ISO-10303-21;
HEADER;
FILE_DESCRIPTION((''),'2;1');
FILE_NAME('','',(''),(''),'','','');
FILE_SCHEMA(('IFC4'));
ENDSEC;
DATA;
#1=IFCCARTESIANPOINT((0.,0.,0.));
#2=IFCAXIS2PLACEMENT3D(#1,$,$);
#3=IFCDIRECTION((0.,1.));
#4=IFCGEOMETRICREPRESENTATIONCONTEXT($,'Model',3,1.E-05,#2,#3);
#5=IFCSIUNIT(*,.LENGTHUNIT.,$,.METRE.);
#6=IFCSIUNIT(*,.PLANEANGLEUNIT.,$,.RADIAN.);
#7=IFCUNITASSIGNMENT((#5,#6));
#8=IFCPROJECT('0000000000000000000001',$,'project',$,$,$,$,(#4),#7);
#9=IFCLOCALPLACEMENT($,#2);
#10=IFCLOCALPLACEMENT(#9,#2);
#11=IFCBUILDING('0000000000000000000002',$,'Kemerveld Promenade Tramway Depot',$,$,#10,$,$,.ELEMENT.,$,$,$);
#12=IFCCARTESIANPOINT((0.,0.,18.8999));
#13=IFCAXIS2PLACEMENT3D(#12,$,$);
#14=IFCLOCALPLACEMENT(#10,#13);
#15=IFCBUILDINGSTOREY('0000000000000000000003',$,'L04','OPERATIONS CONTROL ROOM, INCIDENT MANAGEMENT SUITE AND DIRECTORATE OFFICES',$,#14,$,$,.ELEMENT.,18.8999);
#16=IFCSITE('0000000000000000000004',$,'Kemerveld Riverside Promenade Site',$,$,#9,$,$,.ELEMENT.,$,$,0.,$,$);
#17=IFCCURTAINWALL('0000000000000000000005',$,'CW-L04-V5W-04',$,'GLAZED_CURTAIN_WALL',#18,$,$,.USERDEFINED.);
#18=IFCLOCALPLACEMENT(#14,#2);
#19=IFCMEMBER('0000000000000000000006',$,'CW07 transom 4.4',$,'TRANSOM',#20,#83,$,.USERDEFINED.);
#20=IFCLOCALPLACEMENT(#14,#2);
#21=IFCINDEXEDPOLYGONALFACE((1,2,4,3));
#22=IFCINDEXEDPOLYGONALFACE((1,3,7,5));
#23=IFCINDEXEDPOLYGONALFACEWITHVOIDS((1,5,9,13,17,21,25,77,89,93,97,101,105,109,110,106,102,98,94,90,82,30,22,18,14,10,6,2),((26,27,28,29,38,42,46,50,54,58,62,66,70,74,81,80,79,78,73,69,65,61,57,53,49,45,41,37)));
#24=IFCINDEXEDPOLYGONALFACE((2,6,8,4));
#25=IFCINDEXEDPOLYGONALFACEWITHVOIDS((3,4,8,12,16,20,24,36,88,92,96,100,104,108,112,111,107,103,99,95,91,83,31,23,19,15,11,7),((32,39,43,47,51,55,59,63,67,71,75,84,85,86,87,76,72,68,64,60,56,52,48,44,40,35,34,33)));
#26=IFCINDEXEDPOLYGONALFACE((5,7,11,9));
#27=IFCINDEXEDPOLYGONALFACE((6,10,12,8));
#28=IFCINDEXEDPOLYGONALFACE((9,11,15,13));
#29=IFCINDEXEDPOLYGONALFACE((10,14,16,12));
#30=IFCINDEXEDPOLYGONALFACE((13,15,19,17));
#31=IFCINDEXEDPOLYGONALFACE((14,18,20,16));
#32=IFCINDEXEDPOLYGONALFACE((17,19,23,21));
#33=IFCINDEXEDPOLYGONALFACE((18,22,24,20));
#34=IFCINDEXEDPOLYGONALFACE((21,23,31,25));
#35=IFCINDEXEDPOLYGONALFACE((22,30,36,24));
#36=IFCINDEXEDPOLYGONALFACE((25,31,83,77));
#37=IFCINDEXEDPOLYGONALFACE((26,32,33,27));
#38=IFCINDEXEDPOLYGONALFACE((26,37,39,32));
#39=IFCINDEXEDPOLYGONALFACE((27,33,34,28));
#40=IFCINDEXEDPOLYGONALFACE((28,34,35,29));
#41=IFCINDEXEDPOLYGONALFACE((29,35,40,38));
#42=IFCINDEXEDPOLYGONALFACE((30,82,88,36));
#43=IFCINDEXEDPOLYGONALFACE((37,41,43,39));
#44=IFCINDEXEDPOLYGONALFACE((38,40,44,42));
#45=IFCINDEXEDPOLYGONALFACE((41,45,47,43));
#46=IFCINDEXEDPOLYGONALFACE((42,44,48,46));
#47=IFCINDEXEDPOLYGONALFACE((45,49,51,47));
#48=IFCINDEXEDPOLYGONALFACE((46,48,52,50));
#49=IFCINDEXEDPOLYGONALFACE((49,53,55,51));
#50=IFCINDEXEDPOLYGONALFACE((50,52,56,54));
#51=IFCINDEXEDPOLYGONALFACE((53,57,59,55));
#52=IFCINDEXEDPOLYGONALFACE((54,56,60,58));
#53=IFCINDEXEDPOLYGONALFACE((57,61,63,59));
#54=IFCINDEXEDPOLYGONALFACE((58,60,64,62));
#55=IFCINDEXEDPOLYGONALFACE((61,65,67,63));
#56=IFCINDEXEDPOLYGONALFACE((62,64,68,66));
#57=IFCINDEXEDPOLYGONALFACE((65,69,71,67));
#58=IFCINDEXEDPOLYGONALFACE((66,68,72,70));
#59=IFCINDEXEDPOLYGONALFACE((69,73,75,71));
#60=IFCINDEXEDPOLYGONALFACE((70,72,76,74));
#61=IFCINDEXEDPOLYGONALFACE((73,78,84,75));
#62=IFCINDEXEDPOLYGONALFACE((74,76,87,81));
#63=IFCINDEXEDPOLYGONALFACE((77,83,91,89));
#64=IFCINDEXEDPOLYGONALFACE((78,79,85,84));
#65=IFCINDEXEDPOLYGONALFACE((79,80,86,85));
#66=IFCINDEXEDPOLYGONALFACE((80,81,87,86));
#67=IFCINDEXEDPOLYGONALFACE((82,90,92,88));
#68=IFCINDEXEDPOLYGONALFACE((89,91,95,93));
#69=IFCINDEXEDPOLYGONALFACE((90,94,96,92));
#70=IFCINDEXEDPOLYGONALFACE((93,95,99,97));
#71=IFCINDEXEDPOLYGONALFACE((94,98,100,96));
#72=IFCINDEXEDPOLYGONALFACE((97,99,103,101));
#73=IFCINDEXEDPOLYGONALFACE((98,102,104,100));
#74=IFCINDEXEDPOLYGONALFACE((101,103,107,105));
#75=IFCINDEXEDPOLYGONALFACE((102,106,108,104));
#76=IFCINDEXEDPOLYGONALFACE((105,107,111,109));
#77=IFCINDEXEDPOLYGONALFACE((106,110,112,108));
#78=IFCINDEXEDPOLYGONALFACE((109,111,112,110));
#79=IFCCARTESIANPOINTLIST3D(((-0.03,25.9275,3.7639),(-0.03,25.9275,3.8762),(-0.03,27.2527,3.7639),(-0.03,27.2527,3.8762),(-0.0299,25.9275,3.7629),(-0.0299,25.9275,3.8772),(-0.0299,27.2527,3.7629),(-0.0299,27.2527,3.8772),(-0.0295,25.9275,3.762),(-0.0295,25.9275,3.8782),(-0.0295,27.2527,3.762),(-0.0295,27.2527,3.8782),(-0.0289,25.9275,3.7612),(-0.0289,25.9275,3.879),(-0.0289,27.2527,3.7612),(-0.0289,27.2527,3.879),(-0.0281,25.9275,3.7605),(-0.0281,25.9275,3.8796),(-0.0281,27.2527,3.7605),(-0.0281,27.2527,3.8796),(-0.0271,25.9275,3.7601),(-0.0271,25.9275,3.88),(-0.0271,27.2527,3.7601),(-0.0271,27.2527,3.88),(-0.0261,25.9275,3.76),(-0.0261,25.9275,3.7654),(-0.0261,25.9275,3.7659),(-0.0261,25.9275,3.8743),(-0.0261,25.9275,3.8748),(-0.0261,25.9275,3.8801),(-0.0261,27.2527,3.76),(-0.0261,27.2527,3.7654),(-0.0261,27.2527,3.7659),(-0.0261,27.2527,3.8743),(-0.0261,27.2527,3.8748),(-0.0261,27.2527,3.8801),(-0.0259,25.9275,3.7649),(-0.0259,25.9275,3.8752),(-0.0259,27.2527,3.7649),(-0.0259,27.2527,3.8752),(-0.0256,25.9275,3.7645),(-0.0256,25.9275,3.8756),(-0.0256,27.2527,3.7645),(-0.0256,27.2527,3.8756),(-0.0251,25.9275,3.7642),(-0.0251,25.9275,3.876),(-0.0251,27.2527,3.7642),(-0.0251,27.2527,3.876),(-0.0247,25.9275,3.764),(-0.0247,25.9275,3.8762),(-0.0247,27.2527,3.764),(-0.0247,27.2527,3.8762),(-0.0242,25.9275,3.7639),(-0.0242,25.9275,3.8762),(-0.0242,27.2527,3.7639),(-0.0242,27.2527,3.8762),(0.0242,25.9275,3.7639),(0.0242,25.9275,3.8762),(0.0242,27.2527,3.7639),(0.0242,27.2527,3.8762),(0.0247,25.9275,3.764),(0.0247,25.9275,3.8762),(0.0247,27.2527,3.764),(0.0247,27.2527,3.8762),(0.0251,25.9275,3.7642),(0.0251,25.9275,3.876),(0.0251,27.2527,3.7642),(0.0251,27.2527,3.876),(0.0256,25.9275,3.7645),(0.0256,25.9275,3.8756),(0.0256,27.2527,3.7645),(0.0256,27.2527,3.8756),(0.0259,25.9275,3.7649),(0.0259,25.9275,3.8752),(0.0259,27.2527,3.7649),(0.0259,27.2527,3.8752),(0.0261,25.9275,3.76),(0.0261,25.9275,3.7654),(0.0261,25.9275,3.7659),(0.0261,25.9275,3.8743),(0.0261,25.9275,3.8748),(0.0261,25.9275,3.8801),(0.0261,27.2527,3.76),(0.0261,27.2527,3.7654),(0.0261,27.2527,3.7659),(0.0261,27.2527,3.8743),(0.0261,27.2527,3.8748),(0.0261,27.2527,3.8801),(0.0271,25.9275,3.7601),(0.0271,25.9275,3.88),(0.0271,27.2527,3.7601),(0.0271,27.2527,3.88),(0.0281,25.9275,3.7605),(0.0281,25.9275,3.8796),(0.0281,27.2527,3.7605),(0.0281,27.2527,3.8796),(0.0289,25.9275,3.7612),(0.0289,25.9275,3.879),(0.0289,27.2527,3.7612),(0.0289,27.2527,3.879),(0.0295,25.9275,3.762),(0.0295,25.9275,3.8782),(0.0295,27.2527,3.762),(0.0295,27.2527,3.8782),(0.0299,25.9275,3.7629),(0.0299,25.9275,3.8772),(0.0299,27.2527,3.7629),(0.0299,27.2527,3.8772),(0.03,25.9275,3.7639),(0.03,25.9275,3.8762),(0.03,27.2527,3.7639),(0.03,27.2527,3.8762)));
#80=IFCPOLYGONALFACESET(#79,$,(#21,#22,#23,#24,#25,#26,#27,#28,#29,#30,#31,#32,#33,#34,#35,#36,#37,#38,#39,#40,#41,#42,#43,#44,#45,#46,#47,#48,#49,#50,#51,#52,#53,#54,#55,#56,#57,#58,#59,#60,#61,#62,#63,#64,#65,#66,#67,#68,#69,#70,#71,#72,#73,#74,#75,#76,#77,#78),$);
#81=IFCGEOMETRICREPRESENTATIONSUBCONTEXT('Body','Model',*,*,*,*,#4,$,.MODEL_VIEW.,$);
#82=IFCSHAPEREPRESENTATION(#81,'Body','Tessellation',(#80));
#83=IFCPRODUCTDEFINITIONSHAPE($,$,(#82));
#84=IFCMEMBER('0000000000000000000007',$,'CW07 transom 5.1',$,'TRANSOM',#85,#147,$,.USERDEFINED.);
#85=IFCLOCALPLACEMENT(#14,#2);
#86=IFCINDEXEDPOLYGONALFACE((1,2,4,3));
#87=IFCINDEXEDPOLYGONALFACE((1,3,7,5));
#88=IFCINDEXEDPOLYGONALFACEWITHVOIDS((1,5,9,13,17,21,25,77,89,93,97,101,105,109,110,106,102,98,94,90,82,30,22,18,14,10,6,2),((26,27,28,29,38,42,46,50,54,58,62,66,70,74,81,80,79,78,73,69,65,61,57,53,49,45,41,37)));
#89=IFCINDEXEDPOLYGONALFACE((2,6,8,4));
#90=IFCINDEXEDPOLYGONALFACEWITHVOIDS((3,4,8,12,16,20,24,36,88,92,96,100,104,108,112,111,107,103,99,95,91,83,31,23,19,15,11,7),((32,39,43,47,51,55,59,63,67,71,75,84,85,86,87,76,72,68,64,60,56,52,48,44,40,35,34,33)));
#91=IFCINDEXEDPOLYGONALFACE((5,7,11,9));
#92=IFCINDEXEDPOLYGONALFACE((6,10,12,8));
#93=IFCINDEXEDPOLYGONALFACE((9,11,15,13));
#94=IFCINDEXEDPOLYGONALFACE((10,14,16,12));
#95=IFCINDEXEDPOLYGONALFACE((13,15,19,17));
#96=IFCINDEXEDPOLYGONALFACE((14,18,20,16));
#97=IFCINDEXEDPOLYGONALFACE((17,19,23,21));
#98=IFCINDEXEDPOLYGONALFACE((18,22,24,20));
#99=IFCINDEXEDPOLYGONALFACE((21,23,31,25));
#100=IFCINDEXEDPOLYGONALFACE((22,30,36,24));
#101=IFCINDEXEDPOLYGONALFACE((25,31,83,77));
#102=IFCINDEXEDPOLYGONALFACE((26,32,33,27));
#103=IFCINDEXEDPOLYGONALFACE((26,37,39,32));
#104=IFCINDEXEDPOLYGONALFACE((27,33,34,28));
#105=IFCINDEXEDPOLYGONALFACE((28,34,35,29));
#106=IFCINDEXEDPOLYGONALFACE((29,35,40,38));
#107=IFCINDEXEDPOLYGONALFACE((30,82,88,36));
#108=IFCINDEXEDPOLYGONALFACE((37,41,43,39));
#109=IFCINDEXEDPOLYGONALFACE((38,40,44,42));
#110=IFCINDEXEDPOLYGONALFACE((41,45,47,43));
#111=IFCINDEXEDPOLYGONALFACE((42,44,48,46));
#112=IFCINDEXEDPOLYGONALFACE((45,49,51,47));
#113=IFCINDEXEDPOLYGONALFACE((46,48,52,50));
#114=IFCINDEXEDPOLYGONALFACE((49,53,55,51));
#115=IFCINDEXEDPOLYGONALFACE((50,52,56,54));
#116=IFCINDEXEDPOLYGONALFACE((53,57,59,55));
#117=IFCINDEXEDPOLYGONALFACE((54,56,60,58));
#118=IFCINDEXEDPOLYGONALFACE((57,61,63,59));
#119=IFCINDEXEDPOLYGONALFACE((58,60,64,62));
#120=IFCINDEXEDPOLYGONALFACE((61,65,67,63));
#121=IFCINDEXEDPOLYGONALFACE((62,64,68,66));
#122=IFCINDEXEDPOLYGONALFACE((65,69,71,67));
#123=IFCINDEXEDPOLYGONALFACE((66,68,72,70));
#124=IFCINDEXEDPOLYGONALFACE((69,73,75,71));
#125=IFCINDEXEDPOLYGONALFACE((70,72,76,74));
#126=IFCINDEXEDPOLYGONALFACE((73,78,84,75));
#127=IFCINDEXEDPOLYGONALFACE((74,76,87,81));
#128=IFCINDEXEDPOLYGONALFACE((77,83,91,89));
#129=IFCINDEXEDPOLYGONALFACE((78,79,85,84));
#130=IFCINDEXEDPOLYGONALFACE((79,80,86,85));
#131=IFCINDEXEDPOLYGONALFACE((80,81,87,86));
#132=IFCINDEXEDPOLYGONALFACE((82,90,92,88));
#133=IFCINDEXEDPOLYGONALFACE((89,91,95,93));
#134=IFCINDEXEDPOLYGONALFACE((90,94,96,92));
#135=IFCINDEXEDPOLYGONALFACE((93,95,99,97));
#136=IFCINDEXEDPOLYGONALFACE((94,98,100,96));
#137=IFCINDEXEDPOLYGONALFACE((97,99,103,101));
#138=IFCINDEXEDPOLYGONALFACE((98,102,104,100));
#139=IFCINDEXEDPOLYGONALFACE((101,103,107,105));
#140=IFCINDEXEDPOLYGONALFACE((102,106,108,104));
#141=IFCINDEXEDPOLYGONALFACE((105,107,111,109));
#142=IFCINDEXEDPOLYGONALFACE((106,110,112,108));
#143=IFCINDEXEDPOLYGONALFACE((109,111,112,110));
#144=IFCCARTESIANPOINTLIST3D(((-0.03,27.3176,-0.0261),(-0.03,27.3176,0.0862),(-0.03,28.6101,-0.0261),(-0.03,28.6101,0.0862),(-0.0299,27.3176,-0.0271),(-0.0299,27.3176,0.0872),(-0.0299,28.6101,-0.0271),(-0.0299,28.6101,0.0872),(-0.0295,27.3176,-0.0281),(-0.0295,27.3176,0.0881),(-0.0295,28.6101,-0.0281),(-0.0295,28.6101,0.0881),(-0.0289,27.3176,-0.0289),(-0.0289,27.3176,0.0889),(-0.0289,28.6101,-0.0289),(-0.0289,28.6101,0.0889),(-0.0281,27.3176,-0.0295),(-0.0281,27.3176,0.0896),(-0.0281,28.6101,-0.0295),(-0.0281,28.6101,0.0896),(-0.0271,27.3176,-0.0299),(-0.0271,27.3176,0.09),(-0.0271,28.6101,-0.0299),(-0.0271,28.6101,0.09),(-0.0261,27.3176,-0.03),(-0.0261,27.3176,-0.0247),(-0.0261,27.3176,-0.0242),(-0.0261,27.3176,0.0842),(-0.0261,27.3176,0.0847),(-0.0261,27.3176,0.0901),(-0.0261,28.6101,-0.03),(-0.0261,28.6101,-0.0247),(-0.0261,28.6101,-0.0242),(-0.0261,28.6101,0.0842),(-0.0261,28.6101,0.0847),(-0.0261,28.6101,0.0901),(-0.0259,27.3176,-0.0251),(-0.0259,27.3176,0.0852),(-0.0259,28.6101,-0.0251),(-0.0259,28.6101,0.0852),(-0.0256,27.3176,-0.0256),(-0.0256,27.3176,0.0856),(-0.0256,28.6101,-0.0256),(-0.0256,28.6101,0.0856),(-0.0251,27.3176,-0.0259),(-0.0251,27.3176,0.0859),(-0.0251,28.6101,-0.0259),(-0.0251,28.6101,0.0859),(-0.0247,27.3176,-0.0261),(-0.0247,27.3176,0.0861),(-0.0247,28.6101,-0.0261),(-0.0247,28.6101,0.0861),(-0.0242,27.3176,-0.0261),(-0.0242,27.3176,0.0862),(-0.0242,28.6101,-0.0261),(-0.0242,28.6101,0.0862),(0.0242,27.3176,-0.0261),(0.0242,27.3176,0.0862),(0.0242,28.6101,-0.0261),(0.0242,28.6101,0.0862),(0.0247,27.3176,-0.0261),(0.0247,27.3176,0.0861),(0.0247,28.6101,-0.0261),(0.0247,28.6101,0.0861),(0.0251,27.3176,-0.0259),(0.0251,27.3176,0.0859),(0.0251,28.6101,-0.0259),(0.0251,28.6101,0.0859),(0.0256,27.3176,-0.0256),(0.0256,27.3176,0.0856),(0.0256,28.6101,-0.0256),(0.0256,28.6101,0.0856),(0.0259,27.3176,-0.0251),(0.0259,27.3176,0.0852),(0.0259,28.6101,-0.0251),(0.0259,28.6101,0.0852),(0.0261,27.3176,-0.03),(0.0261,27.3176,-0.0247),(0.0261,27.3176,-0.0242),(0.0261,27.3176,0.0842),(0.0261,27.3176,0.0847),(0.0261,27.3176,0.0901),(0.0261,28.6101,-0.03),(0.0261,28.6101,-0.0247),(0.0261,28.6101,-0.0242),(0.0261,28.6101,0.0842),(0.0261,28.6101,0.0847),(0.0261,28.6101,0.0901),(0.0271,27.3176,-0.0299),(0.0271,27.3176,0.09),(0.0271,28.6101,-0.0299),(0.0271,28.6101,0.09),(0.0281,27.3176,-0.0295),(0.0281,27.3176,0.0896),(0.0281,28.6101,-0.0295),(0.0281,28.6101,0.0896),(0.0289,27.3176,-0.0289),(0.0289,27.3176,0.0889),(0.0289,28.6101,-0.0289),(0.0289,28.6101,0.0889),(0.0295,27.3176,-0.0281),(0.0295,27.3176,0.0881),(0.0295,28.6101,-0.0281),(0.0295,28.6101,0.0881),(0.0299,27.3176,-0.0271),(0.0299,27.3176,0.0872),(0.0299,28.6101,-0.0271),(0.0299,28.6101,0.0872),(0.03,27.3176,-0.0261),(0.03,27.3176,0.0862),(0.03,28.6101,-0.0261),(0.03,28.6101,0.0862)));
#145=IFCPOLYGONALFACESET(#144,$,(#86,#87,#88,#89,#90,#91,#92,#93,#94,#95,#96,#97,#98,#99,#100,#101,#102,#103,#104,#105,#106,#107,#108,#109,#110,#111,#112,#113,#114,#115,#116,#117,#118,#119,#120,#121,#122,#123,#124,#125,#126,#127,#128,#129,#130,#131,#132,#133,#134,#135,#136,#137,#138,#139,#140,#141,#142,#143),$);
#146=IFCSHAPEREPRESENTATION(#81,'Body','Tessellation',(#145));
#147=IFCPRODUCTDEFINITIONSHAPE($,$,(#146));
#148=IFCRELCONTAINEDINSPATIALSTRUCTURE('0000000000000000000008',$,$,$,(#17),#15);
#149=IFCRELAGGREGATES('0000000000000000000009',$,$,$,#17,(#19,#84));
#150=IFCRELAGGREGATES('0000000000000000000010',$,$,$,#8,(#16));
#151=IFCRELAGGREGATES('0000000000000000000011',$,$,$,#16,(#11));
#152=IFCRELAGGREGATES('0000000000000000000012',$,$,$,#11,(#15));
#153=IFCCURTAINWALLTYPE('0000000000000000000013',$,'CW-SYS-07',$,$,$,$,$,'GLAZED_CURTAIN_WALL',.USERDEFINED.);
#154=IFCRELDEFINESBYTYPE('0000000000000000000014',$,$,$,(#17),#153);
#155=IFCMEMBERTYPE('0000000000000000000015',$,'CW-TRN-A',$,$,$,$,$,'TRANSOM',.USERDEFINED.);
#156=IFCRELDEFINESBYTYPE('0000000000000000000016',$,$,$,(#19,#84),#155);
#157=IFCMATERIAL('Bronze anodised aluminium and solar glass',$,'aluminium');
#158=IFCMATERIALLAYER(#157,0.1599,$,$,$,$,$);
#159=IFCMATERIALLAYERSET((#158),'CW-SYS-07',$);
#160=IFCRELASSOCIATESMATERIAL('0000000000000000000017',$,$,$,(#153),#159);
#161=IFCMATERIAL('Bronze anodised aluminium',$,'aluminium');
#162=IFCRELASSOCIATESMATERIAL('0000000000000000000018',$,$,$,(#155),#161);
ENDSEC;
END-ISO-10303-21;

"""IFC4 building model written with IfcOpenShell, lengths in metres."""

from ifc_helpers import new_model, si_unit, direction, frame, origin, origin_2d, place, context, subcontext, project, spatial, hollow_rectangle, extrude, material, layer, layer_set, material_profile, profile_set, type_object, element, aggregate, save


model = new_model("IFC4")

# Units and contexts
model_context = context("Model", 3, precision=1e-05, world=origin(), true_north=direction((0.0, 1.0)))
body_context = subcontext(model_context, "Body", "Model", "MODEL_VIEW")
ifc_project = project(units=[si_unit("LENGTHUNIT", "METRE"), si_unit("PLANEANGLEUNIT", "RADIAN")], contexts=[model_context])

# Site, building, storey
site_placement = place(None, origin())
site = spatial("IfcSite", under=ifc_project, at=site_placement, Name="Kemerveld Riverside Promenade Site", CompositionType="ELEMENT", RefElevation=0.0)
building_placement = place(site_placement, origin())
building = spatial("IfcBuilding", under=site, at=building_placement, Name="Kemerveld Promenade Tramway Depot", CompositionType="ELEMENT")
storey_placement = place(building_placement, frame((0.0, 0.0, 18.8999)))
storey = spatial("IfcBuildingStorey", under=building, at=storey_placement, Name="L04", Description="OPERATIONS CONTROL ROOM, INCIDENT MANAGEMENT SUITE AND DIRECTORATE OFFICES", CompositionType="ELEMENT", Elevation=18.8999)

# Curtain wall, members
ifc_material_1 = material(Name="Bronze anodised aluminium and solar glass", Category="aluminium")
ifc_layer_1 = layer(ifc_material_1, 0.1599)
ifc_layer_set_1 = layer_set([ifc_layer_1], Name="CW-SYS-07")
curtain_wall_type = type_object("IfcCurtainWallType", Name="CW-SYS-07", ElementType="GLAZED_CURTAIN_WALL", PredefinedType="USERDEFINED", material=ifc_layer_set_1)
curtain_wall_placement = place(storey_placement, origin())
curtain_wall = element("IfcCurtainWall", 1, at=curtain_wall_placement, inside=storey, type_object=curtain_wall_type, Name="CW-L04-V5W-04", ObjectType="GLAZED_CURTAIN_WALL", PredefinedType="USERDEFINED")
ifc_material_2 = material(Name="Bronze anodised aluminium", Category="aluminium")
ifc_material_profile_1 = material_profile(ifc_material_2, hollow_rectangle(XDim=0.0601, YDim=0.1201, WallThickness=0.0039, InnerFilletRadius=0.002, OuterFilletRadius=0.0039, at=origin_2d()), Name="CW-TRN-120x60")
ifc_profile_set_1 = profile_set([ifc_material_profile_1], Name="Bronze anodised aluminium")
member_type_1 = type_object("IfcMemberType", Name="CW-TRN-A", ElementType="TRANSOM", PredefinedType="USERDEFINED", material=ifc_profile_set_1)
member_1_placement = place(storey_placement, frame((0.0, 25.9275, 3.8201), z_axis=(0.0, 1.0, 0.0), x_axis=(-1.0, 0.0, 0.0)))
member_1 = element("IfcMember", 2, at=member_1_placement, type_object=member_type_1, Name="CW07 transom 4.4", ObjectType="TRANSOM", PredefinedType="USERDEFINED", context=body_context, shape_type="SweptSolid", body=[
    extrude(hollow_rectangle(XDim=0.0601, YDim=0.1201, WallThickness=0.0039, InnerFilletRadius=0.002, OuterFilletRadius=0.0039, at=origin_2d()), origin(), (0.0, 0.0, 1.0), 1.3252),
])
member_2_placement = place(storey_placement, frame((0.0, 27.3176, 0.03), z_axis=(0.0, 1.0, 0.0), x_axis=(-1.0, 0.0, 0.0)))
member_2 = element("IfcMember", 3, at=member_2_placement, type_object=member_type_1, Name="CW07 transom 5.1", ObjectType="TRANSOM", PredefinedType="USERDEFINED", context=body_context, shape_type="SweptSolid", body=[
    extrude(hollow_rectangle(XDim=0.0601, YDim=0.1201, WallThickness=0.0039, InnerFilletRadius=0.002, OuterFilletRadius=0.0039, at=origin_2d()), origin(), (0.0, 0.0, 1.0), 1.2925),
])

aggregate(curtain_wall, [member_1, member_2])

save(model, "model.ifc")
